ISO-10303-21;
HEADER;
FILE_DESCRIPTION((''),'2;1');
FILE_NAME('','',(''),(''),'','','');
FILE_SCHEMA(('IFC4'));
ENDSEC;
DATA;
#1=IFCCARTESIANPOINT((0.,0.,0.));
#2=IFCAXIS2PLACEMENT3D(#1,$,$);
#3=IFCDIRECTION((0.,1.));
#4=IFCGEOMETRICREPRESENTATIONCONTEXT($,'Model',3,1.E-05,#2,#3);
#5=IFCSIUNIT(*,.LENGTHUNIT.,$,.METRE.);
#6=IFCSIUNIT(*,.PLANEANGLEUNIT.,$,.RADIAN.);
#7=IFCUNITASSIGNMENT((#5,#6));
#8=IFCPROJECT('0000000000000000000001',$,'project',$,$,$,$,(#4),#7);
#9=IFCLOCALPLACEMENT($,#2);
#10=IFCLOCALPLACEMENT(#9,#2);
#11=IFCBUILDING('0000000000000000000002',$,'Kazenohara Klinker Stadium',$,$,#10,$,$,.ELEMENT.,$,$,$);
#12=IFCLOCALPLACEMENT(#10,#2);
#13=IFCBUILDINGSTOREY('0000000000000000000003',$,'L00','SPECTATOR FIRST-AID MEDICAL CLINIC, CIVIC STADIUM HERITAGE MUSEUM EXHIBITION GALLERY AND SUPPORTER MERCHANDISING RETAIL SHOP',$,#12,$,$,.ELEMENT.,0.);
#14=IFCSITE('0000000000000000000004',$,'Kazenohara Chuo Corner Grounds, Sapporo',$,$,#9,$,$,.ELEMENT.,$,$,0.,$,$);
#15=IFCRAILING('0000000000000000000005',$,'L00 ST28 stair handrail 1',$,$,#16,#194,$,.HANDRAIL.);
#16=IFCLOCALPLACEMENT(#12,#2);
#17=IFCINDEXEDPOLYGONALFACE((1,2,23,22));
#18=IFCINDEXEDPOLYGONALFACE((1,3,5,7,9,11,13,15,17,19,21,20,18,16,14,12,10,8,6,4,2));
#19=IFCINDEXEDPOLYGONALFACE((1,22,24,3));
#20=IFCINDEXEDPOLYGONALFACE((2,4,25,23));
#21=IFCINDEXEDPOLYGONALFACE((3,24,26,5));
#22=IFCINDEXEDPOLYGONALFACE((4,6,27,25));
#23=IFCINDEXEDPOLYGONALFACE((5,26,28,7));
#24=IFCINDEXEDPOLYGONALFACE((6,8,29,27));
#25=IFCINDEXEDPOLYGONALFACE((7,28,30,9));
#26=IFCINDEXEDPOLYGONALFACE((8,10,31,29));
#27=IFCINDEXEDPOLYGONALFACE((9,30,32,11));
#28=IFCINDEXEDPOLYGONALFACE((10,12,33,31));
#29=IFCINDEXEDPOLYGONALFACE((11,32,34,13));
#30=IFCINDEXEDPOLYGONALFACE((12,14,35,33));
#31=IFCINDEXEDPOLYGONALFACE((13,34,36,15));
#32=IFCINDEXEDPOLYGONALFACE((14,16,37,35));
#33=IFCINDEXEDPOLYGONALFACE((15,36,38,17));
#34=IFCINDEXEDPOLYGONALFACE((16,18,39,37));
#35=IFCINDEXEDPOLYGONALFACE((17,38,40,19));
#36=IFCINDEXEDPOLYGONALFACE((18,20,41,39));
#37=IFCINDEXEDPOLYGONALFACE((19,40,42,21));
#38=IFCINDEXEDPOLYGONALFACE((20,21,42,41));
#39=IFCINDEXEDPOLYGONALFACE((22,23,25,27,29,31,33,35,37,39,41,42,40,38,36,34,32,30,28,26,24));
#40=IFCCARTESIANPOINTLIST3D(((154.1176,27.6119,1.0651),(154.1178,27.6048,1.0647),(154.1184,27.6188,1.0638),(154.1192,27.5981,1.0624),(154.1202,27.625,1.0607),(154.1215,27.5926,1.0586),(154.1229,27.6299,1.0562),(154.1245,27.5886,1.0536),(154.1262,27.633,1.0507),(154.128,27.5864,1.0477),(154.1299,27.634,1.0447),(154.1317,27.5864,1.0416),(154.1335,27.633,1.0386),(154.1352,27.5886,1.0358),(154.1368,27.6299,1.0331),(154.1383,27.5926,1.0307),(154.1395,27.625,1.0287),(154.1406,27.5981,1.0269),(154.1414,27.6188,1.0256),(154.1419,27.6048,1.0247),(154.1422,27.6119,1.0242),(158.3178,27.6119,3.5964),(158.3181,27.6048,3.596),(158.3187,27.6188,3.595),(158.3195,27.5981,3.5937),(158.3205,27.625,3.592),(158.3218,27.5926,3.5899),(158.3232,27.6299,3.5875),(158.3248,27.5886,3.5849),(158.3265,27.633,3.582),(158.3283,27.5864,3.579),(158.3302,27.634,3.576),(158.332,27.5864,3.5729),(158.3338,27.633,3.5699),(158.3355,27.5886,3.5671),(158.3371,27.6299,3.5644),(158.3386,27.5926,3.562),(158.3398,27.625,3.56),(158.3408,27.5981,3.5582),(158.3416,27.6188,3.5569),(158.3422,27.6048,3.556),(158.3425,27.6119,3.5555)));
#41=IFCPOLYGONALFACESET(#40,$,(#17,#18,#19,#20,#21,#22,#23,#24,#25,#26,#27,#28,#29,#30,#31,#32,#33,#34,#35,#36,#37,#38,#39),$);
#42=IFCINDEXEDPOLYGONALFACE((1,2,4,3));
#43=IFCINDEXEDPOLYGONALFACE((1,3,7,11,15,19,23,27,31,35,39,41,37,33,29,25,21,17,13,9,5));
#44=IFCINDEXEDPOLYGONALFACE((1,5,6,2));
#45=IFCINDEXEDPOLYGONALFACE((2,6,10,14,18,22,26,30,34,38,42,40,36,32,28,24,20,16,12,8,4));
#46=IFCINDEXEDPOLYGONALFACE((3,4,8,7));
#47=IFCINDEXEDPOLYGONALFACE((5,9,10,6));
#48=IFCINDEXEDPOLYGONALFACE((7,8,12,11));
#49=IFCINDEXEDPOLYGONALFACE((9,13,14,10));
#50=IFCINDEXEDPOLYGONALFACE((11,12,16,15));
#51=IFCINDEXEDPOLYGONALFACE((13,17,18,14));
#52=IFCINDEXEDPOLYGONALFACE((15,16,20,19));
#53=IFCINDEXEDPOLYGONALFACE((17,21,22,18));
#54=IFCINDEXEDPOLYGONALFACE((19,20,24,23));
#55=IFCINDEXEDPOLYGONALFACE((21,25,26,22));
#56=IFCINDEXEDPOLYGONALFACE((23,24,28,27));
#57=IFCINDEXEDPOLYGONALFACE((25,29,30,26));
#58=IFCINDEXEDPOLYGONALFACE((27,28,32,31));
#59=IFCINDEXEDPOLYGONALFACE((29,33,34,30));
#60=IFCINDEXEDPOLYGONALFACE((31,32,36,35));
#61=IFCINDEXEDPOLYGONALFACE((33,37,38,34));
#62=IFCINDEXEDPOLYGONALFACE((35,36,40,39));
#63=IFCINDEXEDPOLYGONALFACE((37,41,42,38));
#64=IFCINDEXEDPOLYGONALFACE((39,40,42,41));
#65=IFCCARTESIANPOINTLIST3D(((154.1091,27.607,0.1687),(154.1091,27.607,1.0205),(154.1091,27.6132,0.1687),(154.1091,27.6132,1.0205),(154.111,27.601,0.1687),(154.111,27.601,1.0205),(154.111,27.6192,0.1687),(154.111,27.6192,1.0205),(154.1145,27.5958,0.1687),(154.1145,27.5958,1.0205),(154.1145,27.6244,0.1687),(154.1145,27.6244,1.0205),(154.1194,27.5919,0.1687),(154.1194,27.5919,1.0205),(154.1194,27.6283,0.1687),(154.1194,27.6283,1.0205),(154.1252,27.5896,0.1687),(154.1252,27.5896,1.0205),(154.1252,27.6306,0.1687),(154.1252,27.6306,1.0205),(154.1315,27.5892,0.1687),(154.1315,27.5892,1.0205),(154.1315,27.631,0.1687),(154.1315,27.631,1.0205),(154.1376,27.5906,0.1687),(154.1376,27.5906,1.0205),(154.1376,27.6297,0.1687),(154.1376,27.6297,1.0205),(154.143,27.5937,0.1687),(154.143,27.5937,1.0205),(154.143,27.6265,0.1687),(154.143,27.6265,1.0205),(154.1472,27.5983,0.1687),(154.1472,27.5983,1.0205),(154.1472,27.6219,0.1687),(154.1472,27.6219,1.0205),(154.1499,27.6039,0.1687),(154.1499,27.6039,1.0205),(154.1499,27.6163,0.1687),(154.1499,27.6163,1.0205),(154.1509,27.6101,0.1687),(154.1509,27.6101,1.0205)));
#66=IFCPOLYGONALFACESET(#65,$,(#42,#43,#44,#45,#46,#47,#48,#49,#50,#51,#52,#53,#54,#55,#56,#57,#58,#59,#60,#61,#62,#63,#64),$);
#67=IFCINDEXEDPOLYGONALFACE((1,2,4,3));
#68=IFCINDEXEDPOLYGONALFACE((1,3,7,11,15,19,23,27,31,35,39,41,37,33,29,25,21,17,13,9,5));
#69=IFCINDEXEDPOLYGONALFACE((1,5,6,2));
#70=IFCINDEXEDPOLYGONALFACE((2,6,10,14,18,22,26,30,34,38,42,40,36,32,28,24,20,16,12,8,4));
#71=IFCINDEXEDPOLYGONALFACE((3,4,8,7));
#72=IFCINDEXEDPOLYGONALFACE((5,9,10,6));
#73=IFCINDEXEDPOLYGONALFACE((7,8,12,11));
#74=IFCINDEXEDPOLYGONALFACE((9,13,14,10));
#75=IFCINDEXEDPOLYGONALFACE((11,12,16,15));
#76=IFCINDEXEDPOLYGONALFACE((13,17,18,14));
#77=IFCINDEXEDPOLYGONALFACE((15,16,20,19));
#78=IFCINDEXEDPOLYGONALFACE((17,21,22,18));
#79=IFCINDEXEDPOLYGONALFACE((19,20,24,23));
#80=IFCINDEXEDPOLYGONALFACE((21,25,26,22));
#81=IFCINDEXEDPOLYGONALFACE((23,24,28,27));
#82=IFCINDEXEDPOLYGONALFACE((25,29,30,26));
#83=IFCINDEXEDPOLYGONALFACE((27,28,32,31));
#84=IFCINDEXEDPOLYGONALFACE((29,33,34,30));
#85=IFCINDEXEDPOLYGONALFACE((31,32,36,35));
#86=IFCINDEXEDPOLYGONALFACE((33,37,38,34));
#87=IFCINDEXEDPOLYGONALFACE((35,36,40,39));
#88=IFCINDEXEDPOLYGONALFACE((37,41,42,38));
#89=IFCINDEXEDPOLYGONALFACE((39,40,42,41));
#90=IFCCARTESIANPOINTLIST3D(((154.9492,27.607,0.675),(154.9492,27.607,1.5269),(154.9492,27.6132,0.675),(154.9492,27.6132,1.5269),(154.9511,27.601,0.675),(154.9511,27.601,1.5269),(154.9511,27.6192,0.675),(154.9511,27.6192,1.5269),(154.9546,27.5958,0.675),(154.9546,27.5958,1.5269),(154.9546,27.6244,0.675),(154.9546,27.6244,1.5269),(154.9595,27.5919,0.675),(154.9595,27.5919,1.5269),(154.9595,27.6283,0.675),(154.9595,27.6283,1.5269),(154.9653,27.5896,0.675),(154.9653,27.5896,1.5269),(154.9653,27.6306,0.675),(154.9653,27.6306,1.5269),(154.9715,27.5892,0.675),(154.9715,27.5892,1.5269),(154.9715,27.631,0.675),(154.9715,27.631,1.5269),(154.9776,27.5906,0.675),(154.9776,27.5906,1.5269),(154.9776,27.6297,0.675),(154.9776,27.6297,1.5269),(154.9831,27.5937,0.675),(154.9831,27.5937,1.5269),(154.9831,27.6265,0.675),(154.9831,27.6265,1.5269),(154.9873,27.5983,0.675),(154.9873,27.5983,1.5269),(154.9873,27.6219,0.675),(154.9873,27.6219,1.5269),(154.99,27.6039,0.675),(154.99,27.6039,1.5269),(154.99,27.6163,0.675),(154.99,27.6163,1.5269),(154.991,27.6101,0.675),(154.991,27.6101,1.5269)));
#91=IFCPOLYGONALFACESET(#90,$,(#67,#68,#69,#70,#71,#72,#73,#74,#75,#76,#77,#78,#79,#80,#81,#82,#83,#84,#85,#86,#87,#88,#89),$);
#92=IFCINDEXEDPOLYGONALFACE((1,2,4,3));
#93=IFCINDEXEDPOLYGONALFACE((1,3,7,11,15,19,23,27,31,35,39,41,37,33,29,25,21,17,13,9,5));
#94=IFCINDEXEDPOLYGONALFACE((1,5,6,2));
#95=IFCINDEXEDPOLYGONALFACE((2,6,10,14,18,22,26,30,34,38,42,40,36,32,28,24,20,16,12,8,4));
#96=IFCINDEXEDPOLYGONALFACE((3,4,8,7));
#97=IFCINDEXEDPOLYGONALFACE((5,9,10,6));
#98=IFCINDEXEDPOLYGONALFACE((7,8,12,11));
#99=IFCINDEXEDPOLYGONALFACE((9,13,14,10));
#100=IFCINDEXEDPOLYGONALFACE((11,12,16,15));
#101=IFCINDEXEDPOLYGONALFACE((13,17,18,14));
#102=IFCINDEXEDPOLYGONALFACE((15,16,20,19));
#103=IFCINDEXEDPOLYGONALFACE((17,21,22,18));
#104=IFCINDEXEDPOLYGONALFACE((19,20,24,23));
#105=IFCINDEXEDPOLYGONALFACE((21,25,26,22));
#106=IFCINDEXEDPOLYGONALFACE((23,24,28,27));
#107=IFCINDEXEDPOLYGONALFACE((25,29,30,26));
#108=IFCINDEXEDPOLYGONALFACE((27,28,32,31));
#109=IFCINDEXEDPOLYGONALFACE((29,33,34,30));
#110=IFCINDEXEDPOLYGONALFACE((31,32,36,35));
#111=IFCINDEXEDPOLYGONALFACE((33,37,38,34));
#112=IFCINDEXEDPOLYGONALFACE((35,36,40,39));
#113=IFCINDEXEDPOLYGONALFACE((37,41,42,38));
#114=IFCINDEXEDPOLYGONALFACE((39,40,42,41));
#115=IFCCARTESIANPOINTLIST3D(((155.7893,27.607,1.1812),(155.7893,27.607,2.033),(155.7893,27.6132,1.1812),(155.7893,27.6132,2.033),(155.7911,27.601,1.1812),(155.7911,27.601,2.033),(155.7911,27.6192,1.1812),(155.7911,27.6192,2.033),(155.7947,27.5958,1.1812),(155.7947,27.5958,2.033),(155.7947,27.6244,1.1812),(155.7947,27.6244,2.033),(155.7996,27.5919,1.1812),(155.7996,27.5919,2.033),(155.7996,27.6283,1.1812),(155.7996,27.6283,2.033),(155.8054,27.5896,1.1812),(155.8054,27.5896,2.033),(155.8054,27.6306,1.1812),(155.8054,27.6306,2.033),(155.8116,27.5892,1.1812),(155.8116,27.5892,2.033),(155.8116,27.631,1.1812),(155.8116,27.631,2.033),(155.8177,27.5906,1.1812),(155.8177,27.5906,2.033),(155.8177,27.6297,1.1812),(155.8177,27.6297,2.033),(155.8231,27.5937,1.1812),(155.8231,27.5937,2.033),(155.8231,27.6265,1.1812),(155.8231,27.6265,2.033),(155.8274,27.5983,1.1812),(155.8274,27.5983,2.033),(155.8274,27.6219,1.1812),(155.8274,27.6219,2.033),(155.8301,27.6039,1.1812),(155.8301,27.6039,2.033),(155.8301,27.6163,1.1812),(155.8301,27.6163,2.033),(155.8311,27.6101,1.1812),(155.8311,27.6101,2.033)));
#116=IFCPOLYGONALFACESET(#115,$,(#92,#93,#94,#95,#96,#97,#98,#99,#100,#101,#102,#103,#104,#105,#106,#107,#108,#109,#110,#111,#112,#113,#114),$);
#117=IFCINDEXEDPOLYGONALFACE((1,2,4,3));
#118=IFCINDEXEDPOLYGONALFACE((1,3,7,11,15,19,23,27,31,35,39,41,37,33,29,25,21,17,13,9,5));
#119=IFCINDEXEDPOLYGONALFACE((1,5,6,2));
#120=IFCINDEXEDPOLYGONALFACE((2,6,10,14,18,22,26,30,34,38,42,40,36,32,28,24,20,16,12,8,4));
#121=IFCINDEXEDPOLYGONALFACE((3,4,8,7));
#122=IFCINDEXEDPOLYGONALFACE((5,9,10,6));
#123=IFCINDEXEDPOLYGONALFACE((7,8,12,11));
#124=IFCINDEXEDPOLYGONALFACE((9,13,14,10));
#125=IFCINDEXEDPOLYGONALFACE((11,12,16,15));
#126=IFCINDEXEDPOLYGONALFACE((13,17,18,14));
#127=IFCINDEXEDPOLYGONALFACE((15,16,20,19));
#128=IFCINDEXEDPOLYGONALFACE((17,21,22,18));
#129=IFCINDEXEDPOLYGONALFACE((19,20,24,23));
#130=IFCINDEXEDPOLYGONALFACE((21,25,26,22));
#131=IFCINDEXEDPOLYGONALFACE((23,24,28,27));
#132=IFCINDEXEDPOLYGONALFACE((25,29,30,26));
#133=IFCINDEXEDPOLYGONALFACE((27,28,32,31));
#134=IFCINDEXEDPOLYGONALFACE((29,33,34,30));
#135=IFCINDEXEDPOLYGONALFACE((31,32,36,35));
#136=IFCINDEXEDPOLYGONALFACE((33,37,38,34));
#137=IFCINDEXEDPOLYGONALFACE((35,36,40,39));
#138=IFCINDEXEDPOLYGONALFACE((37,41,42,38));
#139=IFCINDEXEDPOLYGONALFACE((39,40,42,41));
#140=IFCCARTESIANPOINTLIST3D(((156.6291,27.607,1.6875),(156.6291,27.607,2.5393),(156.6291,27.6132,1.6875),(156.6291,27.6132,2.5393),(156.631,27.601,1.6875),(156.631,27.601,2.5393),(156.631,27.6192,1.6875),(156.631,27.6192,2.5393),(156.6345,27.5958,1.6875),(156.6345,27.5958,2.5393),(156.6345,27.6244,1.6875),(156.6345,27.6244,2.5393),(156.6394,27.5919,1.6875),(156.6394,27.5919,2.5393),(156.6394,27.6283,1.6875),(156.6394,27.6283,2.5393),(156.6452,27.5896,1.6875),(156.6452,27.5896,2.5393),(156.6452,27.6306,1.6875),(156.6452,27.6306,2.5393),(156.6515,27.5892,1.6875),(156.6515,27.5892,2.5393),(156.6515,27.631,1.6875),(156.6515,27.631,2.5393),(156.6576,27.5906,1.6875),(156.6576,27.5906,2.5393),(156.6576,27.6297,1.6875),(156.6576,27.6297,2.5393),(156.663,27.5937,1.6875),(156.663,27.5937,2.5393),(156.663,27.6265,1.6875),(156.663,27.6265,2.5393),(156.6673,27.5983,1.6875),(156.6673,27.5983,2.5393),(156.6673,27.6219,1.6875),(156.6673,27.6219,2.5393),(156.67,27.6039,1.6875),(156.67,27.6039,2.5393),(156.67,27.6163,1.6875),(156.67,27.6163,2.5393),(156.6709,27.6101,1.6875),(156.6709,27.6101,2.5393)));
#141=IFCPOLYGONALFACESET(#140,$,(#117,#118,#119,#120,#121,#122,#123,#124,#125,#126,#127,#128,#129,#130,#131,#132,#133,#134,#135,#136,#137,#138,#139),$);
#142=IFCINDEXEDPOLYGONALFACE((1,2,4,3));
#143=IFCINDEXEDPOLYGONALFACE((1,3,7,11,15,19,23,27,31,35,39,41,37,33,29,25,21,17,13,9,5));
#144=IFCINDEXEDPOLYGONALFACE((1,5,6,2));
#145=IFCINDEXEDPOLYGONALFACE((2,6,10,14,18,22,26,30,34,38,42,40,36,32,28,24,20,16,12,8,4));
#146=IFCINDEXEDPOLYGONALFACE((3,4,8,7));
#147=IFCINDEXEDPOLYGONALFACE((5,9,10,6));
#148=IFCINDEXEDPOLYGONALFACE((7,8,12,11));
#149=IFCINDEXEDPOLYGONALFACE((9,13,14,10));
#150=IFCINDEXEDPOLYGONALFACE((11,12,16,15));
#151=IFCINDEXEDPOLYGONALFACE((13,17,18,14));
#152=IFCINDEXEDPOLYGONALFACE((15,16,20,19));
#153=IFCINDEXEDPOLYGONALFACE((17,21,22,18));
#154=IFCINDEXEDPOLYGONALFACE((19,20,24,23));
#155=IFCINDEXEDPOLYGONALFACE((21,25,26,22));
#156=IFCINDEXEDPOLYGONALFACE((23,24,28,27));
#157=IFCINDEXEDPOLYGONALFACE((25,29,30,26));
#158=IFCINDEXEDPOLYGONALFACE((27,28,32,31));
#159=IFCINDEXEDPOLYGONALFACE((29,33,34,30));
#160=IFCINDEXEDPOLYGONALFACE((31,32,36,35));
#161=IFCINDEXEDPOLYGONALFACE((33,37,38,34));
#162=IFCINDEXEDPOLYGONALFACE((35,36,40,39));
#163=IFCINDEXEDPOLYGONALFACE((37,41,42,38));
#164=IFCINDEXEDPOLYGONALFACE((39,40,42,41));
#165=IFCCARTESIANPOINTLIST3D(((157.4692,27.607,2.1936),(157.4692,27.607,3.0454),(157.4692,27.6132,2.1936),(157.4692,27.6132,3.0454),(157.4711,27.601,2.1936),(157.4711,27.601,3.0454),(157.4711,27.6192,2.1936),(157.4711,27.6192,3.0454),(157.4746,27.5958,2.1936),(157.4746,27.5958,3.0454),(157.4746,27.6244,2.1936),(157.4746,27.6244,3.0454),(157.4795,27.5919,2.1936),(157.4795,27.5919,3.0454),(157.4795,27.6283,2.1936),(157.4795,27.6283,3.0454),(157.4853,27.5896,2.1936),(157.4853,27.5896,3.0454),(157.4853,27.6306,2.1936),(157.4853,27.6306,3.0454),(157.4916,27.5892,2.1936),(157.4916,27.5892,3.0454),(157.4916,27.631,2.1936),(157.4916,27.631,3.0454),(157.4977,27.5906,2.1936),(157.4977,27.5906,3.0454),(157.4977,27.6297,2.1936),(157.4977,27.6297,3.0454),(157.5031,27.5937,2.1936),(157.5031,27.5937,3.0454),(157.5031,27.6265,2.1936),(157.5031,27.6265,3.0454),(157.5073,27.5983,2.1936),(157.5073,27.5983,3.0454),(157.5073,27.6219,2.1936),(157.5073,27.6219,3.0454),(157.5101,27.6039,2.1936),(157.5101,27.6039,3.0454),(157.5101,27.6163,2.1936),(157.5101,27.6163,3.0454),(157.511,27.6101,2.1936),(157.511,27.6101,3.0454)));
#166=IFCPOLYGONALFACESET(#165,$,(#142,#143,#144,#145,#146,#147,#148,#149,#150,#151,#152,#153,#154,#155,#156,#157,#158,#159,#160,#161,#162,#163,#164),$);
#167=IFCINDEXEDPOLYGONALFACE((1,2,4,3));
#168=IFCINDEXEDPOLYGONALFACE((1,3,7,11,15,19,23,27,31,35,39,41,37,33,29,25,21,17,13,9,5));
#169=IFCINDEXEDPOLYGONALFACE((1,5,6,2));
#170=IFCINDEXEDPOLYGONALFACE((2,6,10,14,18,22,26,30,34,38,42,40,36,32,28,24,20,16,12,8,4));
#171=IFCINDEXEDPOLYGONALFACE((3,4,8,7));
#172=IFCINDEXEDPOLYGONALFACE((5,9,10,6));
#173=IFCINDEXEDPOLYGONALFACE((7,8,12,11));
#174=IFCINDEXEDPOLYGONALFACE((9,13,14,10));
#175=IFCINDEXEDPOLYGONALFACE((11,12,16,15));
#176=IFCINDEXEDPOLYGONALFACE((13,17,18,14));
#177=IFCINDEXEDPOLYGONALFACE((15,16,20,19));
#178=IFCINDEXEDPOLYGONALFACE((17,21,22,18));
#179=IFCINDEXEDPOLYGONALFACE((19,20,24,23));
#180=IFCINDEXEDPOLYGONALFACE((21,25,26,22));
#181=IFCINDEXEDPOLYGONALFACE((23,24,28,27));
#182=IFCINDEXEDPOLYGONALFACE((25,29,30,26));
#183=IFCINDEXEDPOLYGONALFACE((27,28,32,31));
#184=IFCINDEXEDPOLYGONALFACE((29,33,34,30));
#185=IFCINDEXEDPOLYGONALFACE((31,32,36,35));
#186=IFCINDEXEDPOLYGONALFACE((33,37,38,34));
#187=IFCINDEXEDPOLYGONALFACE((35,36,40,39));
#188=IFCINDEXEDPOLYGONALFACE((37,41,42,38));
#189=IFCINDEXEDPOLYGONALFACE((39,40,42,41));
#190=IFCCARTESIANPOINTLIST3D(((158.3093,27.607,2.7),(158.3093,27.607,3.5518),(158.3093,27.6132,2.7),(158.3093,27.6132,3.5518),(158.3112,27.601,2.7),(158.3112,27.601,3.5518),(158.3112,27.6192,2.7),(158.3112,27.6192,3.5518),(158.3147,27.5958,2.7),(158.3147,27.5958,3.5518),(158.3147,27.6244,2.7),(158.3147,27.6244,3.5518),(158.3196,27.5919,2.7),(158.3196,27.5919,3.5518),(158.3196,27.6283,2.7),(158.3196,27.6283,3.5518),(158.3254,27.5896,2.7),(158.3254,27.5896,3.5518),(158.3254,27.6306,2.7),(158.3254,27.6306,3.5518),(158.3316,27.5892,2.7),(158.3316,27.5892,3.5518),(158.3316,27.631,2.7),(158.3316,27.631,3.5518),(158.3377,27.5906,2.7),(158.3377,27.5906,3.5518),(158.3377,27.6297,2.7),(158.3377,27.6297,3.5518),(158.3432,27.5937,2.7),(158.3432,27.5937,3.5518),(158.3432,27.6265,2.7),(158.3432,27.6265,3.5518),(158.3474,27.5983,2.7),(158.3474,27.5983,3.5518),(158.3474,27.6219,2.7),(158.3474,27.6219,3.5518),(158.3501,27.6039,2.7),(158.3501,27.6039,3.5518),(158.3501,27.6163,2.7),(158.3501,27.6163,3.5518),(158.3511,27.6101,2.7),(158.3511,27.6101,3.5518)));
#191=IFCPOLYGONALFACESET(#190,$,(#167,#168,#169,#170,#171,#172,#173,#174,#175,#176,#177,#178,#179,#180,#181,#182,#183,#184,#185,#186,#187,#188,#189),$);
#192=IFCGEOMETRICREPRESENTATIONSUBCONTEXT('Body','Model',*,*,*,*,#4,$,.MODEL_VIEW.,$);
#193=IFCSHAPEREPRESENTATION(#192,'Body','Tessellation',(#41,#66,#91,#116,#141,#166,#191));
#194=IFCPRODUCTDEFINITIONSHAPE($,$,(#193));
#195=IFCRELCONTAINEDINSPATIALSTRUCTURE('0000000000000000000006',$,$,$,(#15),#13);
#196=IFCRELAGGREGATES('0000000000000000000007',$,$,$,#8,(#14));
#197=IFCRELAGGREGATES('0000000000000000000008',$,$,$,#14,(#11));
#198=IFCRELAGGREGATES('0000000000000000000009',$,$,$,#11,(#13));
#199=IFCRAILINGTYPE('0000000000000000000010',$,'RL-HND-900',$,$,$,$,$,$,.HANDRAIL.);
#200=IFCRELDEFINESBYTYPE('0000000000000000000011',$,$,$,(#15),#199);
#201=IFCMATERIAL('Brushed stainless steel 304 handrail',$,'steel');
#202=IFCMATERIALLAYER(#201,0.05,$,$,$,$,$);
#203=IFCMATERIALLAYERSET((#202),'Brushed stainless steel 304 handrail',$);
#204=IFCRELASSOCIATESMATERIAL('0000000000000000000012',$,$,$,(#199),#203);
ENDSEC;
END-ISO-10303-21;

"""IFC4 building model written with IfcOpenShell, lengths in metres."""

from ifc_helpers import new_model, si_unit, direction, frame, origin, origin_2d, place, context, subcontext, project, spatial, circle, extrude, material, layer, layer_set, type_object, element, save


model = new_model("IFC4")

# Units and contexts
model_context = context("Model", 3, precision=1e-05, world=origin(), true_north=direction((0.0, 1.0)))
body_context = subcontext(model_context, "Body", "Model", "MODEL_VIEW")
ifc_project = project(units=[si_unit("LENGTHUNIT", "METRE"), si_unit("PLANEANGLEUNIT", "RADIAN")], contexts=[model_context])

# Site, building, storey
site_placement = place(None, origin())
site = spatial("IfcSite", under=ifc_project, at=site_placement, Name="Kazenohara Chuo Corner Grounds, Sapporo", CompositionType="ELEMENT", RefElevation=0.0)
building_placement = place(site_placement, origin())
building = spatial("IfcBuilding", under=site, at=building_placement, Name="Kazenohara Klinker Stadium", CompositionType="ELEMENT")
storey_placement = place(building_placement, origin())
storey = spatial("IfcBuildingStorey", under=building, at=storey_placement, Name="L00", Description="SPECTATOR FIRST-AID MEDICAL CLINIC, CIVIC STADIUM HERITAGE MUSEUM EXHIBITION GALLERY AND SUPPORTER MERCHANDISING RETAIL SHOP", CompositionType="ELEMENT", Elevation=0.0)

# Railing
ifc_material_1 = material(Name="Brushed stainless steel 304 handrail", Category="steel")
ifc_layer_1 = layer(ifc_material_1, 0.05)
ifc_layer_set_1 = layer_set([ifc_layer_1], Name="Brushed stainless steel 304 handrail")
railing_type_1 = type_object("IfcRailingType", Name="RL-HND-900", PredefinedType="HANDRAIL", material=ifc_layer_set_1)
railing_1_placement = place(storey_placement, frame((154.1299, 27.6101, 0.1687)))
element("IfcRailing", 1, at=railing_1_placement, inside=storey, type_object=railing_type_1, Name="L00 ST28 stair handrail 1", PredefinedType="HANDRAIL", context=body_context, shape_type="SweptSolid", body=[
    extrude(circle(Radius=0.0239, at=origin_2d()), frame((0.0, 0.0, 0.876), z_axis=(0.85649, 0.0, 0.516164), x_axis=(0.0, 1.0, 0.0)), (0.0, 0.0, 1.0), 4.9041),
    extrude(circle(Radius=0.021, at=origin_2d()), origin(), (0.0, 0.0, 1.0), 0.8518),
    extrude(circle(Radius=0.021, at=origin_2d()), frame((0.8401, 0.0, 0.5063)), (0.0, 0.0, 1.0), 0.8518),
    extrude(circle(Radius=0.021, at=origin_2d()), frame((1.6802, 0.0, 1.0125)), (0.0, 0.0, 1.0), 0.8518),
    extrude(circle(Radius=0.021, at=origin_2d()), frame((2.52, 0.0, 1.5188)), (0.0, 0.0, 1.0), 0.8518),
    extrude(circle(Radius=0.021, at=origin_2d()), frame((3.3601, 0.0, 2.0249)), (0.0, 0.0, 1.0), 0.8518),
    extrude(circle(Radius=0.021, at=origin_2d()), frame((4.2002, 0.0, 2.5312)), (0.0, 0.0, 1.0), 0.8518),
])

save(model, "model.ifc")
